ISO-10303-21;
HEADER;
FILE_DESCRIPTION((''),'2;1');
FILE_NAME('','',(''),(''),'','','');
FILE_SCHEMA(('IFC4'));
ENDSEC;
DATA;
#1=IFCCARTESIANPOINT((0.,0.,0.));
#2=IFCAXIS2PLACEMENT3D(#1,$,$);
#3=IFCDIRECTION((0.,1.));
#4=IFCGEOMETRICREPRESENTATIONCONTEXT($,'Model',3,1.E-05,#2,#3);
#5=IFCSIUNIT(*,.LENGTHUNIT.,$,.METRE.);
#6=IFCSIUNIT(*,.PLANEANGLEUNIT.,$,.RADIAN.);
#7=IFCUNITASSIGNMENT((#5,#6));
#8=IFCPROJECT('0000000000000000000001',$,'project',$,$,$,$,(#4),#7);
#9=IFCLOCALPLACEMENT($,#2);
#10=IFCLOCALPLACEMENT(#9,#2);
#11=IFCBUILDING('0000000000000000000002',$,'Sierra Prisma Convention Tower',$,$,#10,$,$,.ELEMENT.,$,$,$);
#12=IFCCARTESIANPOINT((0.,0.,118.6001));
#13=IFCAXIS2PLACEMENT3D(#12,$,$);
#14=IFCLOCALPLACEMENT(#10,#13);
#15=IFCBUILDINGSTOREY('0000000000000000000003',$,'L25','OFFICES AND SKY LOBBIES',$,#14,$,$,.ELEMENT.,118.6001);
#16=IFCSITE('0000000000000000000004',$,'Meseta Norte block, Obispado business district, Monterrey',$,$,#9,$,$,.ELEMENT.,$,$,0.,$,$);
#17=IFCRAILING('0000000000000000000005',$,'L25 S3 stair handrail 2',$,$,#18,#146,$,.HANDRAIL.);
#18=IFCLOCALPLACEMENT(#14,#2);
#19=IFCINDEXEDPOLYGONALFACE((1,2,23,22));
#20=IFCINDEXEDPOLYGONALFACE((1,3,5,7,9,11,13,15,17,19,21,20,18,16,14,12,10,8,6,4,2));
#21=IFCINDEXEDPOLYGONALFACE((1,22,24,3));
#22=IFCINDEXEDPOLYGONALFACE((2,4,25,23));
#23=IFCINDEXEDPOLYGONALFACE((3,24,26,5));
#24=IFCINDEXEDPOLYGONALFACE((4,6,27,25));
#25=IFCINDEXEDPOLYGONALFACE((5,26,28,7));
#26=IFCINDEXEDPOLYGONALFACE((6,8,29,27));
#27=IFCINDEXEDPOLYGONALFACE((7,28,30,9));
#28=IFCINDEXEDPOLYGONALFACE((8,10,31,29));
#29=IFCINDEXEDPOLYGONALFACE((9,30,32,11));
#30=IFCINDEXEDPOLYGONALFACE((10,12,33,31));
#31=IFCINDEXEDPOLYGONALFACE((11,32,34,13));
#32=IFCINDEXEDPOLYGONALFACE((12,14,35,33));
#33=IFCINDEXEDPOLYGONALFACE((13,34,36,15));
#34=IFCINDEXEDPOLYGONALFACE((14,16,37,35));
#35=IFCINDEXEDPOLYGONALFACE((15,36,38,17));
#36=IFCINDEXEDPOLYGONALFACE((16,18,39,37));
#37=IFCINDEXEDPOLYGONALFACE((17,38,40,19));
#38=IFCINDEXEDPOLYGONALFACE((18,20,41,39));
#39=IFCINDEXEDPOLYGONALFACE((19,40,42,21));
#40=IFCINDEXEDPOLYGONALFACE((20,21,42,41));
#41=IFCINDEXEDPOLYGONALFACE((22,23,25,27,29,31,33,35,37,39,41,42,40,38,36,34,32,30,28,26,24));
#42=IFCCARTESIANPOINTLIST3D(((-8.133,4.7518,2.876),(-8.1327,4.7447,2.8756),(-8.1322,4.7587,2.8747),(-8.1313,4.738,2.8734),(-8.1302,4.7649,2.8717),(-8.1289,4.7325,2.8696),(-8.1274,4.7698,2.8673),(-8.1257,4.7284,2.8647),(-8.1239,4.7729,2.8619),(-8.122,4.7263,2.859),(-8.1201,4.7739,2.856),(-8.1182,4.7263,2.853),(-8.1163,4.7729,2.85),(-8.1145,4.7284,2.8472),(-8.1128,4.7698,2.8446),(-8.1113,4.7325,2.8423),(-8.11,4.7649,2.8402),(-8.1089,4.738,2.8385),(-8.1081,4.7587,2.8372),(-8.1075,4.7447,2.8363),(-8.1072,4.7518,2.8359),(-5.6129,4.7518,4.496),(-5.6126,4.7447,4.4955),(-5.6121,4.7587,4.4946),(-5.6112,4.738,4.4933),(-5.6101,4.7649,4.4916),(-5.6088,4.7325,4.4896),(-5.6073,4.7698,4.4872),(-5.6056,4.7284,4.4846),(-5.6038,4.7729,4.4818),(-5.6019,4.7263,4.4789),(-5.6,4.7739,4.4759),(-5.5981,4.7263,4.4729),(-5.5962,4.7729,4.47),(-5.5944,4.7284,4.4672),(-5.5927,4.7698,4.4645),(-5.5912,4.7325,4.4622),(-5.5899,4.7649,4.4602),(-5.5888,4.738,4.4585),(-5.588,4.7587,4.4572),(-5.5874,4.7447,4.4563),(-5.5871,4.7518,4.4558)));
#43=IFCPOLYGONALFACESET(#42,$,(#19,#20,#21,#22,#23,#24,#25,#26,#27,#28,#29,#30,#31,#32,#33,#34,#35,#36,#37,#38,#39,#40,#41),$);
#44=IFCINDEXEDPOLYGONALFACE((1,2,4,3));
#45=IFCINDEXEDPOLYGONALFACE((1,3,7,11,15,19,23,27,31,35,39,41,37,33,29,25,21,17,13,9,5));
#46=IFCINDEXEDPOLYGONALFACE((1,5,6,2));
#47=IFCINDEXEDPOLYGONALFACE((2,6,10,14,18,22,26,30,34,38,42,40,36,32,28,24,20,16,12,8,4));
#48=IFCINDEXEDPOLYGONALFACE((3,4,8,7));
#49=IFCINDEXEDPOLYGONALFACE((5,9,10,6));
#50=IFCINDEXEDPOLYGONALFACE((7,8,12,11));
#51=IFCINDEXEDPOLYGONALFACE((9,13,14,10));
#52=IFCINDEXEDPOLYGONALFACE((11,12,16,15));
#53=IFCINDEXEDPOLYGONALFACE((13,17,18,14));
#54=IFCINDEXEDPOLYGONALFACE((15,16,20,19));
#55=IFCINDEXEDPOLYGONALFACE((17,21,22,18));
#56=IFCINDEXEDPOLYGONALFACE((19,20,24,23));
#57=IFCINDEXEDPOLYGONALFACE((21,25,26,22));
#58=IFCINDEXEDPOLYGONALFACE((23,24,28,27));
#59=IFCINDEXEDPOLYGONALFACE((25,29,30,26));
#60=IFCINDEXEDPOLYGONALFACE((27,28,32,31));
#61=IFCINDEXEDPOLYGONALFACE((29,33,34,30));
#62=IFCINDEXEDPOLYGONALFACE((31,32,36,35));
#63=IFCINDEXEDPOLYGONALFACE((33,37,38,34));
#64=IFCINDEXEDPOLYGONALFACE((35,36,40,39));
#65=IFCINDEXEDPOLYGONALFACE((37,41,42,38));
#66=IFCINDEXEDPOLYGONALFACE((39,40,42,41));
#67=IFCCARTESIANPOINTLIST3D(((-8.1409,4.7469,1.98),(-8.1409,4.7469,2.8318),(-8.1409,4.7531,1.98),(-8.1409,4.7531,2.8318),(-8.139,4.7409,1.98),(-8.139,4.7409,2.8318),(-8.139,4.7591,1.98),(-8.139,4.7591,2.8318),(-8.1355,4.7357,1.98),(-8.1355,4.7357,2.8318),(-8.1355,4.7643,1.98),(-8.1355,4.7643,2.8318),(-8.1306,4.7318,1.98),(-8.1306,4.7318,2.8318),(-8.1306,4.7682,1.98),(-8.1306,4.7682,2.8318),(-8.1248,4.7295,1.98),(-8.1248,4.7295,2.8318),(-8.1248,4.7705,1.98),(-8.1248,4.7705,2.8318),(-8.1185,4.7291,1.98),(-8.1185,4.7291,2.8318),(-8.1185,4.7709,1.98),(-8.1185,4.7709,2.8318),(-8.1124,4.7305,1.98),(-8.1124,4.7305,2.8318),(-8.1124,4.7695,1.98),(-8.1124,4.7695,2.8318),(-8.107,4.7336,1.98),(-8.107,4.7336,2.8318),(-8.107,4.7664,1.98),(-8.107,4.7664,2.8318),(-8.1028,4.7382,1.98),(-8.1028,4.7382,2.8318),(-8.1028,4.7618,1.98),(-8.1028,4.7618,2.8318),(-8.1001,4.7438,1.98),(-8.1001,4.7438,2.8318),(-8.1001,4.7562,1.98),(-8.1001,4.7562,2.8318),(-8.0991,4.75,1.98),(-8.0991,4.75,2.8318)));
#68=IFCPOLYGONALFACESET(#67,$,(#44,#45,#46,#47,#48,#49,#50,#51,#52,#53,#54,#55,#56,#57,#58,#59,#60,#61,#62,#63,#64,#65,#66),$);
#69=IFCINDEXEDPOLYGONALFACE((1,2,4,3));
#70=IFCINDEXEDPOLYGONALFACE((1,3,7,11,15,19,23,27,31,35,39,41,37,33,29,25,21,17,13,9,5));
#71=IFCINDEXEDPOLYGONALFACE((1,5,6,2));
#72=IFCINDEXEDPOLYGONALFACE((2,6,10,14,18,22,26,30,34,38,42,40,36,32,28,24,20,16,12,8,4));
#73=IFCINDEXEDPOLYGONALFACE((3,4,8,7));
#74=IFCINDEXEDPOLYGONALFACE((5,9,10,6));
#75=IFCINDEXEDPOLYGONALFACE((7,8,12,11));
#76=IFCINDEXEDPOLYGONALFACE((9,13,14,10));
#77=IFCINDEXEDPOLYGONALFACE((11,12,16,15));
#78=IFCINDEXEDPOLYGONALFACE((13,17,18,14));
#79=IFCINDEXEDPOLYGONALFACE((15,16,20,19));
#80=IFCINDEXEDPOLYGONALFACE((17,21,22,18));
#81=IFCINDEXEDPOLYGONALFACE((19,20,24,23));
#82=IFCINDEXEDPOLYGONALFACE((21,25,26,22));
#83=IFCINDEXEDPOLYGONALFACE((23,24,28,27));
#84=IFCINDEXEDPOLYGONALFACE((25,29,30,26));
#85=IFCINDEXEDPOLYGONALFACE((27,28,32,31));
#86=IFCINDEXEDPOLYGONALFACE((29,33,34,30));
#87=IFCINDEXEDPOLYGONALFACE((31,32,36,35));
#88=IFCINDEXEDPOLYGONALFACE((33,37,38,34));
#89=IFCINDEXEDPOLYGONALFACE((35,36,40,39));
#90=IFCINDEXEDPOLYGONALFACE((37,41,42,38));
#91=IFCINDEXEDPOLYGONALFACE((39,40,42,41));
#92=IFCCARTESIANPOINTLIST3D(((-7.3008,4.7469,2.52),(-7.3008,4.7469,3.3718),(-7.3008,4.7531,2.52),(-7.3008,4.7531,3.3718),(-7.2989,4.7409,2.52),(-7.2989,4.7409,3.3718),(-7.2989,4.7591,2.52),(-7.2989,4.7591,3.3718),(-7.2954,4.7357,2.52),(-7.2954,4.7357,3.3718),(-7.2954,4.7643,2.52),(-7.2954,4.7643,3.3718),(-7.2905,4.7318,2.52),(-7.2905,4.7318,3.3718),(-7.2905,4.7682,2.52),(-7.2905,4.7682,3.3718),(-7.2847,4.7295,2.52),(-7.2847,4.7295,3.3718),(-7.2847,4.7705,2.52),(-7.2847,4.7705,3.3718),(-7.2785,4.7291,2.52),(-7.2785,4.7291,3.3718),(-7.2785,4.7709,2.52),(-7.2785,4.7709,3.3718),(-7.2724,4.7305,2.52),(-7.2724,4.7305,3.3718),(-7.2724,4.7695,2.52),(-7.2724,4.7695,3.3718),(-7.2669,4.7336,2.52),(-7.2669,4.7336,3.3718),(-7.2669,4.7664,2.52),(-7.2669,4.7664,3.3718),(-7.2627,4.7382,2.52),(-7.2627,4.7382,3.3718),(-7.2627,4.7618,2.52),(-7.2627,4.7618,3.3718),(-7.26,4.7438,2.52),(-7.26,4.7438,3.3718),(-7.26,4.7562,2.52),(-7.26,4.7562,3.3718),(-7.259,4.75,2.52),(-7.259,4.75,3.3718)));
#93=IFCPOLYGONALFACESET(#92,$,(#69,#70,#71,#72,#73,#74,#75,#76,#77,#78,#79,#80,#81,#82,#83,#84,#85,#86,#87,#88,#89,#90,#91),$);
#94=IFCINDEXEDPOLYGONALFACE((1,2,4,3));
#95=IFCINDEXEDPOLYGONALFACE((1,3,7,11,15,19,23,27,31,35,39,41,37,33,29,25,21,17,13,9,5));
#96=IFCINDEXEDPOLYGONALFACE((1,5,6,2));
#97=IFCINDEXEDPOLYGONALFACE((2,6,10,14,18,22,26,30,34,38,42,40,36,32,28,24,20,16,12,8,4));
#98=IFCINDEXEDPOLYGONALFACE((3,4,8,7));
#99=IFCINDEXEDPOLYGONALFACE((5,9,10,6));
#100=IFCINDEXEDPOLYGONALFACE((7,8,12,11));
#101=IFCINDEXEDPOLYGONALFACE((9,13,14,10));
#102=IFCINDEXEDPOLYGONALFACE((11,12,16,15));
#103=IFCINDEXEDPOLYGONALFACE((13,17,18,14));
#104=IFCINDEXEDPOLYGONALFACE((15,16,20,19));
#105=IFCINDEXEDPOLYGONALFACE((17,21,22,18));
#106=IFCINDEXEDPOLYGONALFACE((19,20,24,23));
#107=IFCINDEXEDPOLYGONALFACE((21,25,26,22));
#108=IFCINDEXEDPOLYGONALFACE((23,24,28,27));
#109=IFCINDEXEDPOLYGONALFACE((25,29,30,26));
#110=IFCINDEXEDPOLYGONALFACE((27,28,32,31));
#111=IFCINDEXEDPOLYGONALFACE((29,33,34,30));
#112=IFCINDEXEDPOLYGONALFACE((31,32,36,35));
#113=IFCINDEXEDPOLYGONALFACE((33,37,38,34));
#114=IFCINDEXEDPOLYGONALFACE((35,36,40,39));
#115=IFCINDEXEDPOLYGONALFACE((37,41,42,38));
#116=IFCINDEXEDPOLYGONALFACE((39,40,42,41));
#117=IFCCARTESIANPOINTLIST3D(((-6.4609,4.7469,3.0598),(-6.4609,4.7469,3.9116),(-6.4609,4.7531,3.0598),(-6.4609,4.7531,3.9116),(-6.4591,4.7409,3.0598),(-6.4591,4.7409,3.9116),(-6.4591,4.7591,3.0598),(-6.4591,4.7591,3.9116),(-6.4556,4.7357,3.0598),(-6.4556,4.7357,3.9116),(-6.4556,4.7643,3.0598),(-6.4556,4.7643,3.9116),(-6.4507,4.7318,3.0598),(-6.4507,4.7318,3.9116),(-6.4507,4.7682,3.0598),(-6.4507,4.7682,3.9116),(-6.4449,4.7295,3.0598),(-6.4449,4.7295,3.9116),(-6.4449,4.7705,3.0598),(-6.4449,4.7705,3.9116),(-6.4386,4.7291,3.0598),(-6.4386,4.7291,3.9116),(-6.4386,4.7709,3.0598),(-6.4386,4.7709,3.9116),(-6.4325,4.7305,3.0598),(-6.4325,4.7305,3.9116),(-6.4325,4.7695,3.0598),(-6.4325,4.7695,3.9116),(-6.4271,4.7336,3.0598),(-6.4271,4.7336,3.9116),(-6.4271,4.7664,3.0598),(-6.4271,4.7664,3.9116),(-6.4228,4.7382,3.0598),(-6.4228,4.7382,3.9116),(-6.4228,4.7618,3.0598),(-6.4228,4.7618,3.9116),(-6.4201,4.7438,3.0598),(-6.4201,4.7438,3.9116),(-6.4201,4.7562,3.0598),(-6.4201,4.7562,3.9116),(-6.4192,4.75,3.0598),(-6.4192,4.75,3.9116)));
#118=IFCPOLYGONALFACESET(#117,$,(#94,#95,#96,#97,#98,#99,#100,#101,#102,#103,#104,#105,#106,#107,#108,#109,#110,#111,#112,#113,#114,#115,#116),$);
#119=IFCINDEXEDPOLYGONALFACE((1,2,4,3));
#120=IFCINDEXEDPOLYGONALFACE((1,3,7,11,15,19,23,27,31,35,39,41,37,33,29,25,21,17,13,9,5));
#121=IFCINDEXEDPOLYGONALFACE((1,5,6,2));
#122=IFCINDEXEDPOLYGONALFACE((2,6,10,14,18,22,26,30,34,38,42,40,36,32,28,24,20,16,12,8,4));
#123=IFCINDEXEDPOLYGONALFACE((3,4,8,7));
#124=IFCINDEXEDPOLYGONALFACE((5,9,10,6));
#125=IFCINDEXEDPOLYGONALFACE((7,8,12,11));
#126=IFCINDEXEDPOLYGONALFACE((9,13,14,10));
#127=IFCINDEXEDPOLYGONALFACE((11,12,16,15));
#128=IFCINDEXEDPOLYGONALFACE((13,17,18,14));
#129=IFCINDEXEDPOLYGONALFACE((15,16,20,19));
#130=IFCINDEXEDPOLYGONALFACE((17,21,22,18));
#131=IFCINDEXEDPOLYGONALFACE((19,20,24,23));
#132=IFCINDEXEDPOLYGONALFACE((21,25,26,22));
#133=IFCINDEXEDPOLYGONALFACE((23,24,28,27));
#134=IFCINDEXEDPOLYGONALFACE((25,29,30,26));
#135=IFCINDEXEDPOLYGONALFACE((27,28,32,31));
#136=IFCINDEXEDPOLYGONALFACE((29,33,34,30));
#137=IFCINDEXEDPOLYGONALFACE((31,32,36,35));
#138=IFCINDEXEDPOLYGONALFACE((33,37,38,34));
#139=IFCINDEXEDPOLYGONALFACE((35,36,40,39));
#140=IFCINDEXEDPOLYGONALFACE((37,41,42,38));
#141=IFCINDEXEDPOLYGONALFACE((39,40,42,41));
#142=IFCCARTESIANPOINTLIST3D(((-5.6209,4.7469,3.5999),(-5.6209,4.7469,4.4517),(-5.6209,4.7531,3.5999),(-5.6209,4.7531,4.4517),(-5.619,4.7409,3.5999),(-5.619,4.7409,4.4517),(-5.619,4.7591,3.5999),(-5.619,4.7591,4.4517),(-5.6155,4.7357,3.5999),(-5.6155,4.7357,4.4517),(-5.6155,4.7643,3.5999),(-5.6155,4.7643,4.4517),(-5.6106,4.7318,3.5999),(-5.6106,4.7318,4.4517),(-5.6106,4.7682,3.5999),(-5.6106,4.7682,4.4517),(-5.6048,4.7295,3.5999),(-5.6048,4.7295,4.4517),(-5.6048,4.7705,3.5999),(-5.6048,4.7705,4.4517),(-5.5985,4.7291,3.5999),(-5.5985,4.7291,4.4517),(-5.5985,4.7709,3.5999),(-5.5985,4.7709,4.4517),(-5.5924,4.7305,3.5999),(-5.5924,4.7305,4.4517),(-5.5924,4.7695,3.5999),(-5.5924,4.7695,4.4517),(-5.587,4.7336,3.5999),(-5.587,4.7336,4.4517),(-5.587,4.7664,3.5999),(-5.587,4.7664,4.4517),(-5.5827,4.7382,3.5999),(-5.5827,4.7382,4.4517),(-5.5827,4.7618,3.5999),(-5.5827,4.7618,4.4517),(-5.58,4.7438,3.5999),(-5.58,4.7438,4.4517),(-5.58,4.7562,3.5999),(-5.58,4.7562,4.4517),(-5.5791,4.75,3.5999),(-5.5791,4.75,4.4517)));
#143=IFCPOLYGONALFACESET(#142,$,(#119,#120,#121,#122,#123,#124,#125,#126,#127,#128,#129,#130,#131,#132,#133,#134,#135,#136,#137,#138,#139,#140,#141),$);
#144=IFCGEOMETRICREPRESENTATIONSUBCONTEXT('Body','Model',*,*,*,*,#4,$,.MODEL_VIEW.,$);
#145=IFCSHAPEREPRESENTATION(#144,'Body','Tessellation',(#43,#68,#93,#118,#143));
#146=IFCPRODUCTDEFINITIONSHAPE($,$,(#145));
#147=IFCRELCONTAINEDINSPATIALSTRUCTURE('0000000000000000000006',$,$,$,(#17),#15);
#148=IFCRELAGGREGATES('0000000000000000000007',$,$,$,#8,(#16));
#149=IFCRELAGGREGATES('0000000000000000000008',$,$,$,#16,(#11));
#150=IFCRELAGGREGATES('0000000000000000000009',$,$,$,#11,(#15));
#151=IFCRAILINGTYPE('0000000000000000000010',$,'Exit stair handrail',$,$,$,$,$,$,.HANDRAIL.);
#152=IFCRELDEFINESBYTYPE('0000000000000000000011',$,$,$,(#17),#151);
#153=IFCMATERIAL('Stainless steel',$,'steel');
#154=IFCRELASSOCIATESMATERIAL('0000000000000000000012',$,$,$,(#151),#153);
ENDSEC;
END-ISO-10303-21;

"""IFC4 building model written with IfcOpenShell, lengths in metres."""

from ifc_helpers import new_model, si_unit, direction, frame, origin, origin_2d, place, context, subcontext, project, spatial, circle, extrude, material, type_object, element, save


model = new_model("IFC4")

# Units and contexts
model_context = context("Model", 3, precision=1e-05, world=origin(), true_north=direction((0.0, 1.0)))
body_context = subcontext(model_context, "Body", "Model", "MODEL_VIEW")
ifc_project = project(units=[si_unit("LENGTHUNIT", "METRE"), si_unit("PLANEANGLEUNIT", "RADIAN")], contexts=[model_context])

# Site, building, storey
site_placement = place(None, origin())
site = spatial("IfcSite", under=ifc_project, at=site_placement, Name="Meseta Norte block, Obispado business district, Monterrey", CompositionType="ELEMENT", RefElevation=0.0)
building_placement = place(site_placement, origin())
building = spatial("IfcBuilding", under=site, at=building_placement, Name="Sierra Prisma Convention Tower", CompositionType="ELEMENT")
storey_placement = place(building_placement, frame((0.0, 0.0, 118.6001)))
storey = spatial("IfcBuildingStorey", under=building, at=storey_placement, Name="L25", Description="OFFICES AND SKY LOBBIES", CompositionType="ELEMENT", Elevation=118.6001)

# Railing
ifc_material_1 = material(Name="Stainless steel", Category="steel")
railing_type_1 = type_object("IfcRailingType", Name="Exit stair handrail", PredefinedType="HANDRAIL", material=ifc_material_1)
railing_1_placement = place(storey_placement, frame((-8.1201, 4.75, 1.98)))
element("IfcRailing", 1, at=railing_1_placement, inside=storey, type_object=railing_type_1, Name="L25 S3 stair handrail 2", PredefinedType="HANDRAIL", context=body_context, shape_type="SweptSolid", body=[
    extrude(circle(Radius=0.0239, at=origin_2d()), frame((0.0, 0.0, 0.876), z_axis=(0.8412, 0.0, 0.540725), x_axis=(0.0, 1.0, 0.0)), (0.0, 0.0, 1.0), 2.9958),
    extrude(circle(Radius=0.021, at=origin_2d()), origin(), (0.0, 0.0, 1.0), 0.8518),
    extrude(circle(Radius=0.021, at=origin_2d()), frame((0.8401, 0.0, 0.54)), (0.0, 0.0, 1.0), 0.8518),
    extrude(circle(Radius=0.021, at=origin_2d()), frame((1.6799, 0.0, 1.0798)), (0.0, 0.0, 1.0), 0.8518),
    extrude(circle(Radius=0.021, at=origin_2d()), frame((2.52, 0.0, 1.6199)), (0.0, 0.0, 1.0), 0.8518),
])

save(model, "model.ifc")
